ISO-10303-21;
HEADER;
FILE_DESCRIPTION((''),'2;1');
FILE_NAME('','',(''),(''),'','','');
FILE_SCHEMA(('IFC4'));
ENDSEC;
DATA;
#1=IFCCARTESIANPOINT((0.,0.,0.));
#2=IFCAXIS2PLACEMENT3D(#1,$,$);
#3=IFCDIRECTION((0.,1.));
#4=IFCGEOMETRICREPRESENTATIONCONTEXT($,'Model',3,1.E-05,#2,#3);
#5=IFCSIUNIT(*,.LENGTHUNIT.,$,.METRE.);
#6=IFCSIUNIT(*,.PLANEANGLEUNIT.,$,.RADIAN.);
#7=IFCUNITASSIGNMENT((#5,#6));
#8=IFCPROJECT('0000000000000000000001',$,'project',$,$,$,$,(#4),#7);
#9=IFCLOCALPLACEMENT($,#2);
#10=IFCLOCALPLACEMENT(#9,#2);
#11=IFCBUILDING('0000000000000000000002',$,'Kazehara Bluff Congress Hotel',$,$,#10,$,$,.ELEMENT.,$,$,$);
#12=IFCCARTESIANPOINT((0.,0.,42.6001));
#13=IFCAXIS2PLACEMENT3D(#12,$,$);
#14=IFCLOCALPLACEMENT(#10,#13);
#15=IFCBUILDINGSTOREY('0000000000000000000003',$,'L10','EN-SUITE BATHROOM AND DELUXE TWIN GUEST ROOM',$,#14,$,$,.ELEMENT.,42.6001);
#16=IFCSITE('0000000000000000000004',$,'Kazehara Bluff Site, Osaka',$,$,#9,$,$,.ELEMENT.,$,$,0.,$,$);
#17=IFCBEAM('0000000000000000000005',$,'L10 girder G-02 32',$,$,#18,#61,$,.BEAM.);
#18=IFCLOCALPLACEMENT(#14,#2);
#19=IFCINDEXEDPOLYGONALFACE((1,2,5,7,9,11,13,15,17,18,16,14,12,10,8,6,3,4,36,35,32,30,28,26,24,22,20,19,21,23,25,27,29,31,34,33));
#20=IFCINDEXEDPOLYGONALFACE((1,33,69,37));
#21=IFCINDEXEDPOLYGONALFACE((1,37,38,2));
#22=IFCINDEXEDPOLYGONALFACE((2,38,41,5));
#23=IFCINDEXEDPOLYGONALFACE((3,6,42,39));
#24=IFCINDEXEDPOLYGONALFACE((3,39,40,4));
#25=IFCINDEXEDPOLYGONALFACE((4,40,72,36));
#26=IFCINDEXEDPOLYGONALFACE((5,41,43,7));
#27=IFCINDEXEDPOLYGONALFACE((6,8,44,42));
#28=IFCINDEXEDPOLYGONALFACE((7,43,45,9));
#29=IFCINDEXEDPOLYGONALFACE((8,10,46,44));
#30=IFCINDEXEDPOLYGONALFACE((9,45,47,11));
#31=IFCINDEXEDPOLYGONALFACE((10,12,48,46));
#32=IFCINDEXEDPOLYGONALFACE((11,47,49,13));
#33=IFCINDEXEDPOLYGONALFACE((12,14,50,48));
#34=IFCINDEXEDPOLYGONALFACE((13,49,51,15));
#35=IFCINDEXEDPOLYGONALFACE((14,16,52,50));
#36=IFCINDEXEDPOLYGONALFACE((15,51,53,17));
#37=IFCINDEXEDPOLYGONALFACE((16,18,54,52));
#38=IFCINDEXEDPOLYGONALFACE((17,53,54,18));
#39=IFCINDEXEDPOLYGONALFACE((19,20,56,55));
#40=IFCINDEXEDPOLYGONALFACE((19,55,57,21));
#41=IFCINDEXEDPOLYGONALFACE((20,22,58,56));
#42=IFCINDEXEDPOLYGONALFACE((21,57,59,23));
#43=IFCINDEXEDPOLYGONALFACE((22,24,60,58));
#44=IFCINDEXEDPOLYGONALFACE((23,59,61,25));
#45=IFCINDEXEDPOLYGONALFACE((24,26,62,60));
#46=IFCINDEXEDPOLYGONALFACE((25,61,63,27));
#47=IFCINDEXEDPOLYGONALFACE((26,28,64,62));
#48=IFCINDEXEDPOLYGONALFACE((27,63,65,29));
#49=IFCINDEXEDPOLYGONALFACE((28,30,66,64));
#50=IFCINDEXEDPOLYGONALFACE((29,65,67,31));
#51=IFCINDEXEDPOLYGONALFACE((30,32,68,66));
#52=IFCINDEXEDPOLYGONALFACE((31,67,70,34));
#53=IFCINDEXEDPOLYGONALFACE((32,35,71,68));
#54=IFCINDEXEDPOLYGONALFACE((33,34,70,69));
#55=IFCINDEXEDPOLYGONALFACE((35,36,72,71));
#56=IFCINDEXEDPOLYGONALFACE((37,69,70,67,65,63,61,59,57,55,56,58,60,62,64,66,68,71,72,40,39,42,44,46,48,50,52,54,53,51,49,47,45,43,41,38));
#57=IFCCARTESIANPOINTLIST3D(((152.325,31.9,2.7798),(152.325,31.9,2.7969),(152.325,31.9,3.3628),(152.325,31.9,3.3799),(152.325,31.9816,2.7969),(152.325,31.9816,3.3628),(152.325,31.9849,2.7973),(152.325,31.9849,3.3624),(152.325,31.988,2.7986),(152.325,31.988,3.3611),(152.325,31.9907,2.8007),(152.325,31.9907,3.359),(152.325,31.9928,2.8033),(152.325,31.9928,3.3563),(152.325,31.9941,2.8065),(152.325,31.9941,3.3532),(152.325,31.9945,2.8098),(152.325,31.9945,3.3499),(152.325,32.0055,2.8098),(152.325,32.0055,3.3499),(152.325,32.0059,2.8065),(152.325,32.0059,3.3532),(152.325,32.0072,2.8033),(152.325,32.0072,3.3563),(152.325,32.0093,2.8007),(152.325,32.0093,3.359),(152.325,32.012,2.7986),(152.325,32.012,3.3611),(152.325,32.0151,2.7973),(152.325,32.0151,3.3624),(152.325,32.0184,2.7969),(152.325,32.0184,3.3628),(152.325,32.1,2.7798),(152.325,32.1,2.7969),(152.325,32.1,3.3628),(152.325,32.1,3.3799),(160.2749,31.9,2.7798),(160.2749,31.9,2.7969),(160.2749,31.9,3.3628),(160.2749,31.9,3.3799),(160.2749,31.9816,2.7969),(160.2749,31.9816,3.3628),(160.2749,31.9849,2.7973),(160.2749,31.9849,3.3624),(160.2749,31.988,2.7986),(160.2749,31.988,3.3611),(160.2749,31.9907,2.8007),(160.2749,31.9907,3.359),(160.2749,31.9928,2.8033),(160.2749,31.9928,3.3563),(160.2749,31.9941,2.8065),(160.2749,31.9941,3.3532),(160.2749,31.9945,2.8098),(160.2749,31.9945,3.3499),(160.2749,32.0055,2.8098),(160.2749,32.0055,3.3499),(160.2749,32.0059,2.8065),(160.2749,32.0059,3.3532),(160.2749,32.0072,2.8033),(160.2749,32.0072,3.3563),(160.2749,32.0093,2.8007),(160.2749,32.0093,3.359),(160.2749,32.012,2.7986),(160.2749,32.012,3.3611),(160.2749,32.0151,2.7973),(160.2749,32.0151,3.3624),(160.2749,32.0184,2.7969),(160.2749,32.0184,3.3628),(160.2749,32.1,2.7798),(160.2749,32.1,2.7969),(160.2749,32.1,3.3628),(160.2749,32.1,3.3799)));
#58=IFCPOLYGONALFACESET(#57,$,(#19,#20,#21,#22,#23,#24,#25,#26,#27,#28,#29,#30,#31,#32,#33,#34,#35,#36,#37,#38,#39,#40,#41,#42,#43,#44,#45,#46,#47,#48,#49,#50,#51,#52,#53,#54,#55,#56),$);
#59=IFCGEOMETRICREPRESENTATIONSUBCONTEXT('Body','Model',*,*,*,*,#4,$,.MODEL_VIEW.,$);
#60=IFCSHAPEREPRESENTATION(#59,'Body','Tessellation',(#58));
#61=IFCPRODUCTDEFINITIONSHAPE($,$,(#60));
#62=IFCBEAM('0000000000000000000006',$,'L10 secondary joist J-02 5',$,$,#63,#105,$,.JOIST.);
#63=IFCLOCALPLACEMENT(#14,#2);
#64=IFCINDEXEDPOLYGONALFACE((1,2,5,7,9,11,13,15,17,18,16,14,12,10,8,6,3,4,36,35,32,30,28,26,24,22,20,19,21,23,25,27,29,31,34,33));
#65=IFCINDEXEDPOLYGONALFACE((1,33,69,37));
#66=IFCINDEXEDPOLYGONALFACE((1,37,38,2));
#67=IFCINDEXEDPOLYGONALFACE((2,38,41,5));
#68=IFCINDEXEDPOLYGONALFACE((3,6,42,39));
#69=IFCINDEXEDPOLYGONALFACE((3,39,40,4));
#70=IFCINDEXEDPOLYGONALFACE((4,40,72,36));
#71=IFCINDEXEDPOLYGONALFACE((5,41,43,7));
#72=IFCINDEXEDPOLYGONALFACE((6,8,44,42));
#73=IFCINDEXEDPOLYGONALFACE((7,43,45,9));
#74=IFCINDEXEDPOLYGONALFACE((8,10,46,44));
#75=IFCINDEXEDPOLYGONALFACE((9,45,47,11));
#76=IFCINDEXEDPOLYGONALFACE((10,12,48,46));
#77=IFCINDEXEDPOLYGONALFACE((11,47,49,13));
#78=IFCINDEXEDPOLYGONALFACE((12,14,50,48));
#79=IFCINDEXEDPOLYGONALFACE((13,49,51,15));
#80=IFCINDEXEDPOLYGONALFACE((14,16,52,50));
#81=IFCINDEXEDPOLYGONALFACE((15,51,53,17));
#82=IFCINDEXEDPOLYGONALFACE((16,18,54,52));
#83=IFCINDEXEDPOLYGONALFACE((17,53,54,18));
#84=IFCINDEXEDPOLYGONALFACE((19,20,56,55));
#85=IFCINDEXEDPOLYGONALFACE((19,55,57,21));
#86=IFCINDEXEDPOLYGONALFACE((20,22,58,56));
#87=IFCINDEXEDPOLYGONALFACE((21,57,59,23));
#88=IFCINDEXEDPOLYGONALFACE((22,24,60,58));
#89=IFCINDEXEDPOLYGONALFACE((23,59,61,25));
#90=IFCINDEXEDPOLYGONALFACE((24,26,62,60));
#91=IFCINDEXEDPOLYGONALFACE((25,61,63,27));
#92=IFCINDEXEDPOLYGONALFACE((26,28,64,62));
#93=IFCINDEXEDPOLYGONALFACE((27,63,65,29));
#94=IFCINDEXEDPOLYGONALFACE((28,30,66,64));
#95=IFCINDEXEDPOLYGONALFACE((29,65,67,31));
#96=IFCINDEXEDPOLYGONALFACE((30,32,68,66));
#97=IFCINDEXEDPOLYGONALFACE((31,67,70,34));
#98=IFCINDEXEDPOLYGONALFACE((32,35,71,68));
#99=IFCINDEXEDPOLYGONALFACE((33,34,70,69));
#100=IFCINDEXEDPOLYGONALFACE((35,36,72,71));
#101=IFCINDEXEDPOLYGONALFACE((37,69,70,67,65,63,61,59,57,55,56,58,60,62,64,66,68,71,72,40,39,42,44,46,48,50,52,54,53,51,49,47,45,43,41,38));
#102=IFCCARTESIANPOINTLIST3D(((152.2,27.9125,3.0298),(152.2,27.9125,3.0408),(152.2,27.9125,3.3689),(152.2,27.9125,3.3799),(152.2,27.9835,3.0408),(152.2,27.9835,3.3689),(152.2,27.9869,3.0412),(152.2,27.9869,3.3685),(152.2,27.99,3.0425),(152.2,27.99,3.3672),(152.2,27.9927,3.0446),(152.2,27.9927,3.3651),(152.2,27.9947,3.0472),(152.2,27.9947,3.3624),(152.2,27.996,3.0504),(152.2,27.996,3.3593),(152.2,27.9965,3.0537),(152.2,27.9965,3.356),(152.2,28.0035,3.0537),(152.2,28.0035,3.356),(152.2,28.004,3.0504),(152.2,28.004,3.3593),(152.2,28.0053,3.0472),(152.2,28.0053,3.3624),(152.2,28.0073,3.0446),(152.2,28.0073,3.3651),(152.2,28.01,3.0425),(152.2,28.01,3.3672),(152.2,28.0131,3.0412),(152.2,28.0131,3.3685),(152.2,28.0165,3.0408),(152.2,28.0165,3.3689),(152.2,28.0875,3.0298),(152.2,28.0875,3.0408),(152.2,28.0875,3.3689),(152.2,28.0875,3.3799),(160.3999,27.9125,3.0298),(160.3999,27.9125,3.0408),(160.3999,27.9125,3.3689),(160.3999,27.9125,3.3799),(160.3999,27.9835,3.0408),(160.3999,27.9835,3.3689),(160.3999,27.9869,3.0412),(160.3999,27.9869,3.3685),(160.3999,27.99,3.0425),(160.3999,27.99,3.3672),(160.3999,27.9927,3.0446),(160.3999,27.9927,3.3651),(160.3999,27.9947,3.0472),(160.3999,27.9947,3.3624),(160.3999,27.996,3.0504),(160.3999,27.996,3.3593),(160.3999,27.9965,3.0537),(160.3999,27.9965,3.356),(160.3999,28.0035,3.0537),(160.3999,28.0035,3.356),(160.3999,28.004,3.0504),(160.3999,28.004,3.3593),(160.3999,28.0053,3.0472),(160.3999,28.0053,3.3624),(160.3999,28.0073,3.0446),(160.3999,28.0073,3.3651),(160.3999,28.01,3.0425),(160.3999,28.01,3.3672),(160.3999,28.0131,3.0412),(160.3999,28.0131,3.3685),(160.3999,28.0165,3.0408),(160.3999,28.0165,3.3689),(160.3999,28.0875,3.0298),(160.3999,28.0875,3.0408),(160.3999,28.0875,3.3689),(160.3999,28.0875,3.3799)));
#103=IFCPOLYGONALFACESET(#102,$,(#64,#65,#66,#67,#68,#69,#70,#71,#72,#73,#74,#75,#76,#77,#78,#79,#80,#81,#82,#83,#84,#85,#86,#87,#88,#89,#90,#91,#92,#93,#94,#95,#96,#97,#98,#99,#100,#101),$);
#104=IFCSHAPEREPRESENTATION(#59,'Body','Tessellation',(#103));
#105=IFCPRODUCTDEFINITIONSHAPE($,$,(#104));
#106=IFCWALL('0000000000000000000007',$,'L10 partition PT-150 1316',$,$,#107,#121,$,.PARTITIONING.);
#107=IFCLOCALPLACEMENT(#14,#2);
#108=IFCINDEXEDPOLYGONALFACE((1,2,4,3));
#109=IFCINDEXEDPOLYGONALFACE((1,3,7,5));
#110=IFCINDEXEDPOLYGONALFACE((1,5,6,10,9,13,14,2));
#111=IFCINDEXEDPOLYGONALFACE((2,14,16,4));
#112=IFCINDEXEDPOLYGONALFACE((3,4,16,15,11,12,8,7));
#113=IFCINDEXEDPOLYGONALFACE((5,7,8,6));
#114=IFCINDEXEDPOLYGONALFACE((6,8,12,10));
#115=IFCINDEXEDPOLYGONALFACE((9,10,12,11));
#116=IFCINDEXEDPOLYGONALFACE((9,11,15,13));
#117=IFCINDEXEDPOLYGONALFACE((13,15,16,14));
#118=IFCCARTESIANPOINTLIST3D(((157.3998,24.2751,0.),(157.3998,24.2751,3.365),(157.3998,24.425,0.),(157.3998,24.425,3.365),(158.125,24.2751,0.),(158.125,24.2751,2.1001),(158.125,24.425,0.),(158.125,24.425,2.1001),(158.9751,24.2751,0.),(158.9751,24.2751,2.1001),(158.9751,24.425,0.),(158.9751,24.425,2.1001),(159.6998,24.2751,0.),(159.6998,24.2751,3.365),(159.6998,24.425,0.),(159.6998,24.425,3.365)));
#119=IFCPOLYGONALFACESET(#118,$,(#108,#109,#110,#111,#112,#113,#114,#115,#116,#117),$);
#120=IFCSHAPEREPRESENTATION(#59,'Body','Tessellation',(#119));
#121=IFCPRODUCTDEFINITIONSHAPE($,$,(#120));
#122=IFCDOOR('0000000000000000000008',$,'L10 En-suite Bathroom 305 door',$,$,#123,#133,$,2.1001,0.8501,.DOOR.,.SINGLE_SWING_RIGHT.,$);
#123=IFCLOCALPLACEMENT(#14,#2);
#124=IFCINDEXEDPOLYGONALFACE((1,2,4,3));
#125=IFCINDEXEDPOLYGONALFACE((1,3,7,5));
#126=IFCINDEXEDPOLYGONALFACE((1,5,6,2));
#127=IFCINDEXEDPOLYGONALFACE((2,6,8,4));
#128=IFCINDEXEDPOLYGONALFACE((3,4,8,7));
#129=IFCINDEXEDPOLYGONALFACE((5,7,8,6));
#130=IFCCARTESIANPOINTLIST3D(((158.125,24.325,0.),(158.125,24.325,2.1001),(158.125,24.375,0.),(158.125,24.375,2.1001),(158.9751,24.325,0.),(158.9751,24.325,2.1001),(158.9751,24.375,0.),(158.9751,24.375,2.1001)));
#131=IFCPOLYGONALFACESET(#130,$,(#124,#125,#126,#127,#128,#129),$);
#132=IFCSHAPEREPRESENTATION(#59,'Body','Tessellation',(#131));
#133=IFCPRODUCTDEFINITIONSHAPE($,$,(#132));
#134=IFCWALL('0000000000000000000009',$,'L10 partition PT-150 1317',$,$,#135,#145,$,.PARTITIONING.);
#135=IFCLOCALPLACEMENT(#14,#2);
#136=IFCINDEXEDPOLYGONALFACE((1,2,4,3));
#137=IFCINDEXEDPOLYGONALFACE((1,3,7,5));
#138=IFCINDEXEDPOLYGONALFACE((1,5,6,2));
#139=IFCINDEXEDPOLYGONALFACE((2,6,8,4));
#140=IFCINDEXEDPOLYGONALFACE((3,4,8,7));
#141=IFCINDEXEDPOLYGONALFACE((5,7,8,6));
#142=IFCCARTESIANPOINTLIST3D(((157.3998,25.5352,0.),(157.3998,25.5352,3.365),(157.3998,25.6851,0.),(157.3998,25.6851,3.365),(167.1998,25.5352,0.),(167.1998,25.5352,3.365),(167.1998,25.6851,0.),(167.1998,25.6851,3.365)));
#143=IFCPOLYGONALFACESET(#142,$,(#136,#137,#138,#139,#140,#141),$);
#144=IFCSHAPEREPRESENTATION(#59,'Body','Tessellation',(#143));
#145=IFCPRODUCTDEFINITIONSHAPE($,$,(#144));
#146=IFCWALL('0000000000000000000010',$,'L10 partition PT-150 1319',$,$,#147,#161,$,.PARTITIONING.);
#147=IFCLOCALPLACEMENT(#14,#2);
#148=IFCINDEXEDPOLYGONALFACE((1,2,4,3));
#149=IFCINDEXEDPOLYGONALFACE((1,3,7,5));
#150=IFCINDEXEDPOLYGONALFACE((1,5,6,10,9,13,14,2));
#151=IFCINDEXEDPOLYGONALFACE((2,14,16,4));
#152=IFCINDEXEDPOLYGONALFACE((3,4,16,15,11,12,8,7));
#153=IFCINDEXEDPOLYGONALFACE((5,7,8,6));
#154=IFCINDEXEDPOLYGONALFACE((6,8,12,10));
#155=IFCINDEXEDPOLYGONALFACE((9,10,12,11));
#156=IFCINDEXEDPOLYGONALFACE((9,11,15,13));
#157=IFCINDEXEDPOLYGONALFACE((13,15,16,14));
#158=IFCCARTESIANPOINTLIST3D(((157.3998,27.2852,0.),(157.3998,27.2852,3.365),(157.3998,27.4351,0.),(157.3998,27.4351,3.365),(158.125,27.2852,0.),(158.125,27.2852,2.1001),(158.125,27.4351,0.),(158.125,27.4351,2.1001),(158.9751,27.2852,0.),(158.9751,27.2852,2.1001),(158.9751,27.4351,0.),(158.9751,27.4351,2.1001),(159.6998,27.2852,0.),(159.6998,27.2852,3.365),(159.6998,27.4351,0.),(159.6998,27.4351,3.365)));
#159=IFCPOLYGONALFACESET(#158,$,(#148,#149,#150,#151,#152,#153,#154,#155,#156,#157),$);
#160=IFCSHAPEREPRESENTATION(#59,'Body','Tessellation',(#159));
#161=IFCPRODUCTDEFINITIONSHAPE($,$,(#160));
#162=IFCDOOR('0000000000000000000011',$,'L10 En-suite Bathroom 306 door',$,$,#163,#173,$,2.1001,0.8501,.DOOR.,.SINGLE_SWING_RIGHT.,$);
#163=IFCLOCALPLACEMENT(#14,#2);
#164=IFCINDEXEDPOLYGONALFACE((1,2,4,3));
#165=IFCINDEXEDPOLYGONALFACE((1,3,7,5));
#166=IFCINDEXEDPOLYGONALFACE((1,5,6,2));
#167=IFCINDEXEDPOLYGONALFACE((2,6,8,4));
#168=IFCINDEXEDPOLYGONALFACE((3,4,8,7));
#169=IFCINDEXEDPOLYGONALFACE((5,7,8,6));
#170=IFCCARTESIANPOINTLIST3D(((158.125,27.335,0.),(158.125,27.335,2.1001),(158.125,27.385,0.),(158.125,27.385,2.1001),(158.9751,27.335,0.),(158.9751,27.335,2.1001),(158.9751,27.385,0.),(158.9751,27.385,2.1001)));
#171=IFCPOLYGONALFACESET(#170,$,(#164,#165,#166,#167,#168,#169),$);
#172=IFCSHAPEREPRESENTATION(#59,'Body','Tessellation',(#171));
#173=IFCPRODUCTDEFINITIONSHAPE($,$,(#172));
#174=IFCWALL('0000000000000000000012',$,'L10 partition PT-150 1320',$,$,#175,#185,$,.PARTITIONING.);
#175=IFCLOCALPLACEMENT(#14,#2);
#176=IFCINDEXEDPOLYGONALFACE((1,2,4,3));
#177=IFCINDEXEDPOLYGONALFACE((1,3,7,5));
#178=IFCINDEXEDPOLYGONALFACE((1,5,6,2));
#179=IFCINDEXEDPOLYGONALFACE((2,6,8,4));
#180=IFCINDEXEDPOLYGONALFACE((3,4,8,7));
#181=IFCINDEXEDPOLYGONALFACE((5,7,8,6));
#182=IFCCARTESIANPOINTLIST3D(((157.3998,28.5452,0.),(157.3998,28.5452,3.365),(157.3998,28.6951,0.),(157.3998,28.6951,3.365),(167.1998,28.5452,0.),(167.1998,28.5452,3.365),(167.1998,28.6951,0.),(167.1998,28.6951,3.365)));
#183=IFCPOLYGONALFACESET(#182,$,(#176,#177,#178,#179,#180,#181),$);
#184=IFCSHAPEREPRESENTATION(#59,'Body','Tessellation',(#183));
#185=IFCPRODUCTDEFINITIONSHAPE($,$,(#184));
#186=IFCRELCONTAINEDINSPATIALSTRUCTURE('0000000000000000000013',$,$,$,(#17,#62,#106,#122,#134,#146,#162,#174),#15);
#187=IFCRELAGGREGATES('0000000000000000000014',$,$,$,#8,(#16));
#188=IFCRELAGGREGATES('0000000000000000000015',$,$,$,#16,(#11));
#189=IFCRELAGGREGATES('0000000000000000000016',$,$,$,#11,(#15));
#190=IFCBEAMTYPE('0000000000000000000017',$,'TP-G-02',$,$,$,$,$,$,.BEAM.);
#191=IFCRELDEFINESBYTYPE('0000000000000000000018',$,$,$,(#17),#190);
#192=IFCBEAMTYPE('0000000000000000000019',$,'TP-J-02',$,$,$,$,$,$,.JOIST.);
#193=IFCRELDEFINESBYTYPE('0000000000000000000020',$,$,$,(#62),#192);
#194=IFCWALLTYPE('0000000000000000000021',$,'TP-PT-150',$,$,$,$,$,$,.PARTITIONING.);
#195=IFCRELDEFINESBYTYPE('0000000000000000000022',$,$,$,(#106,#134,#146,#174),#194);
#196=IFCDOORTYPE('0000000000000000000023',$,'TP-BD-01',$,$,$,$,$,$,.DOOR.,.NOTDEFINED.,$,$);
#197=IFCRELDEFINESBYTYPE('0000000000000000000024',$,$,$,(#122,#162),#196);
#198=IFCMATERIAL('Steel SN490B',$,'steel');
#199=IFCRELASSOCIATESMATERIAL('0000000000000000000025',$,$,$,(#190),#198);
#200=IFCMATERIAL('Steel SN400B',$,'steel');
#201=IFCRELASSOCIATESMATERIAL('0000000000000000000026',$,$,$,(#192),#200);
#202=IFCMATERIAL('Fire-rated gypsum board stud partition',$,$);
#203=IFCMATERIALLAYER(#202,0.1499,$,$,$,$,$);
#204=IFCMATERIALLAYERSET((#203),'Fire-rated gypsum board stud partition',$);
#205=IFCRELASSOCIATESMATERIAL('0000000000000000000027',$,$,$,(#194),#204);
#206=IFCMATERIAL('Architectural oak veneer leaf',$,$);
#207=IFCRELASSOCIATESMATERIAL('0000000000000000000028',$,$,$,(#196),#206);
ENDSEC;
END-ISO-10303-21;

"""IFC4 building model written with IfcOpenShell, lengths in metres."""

from ifc_helpers import new_model, si_unit, direction, frame, frame_2d, origin, origin_2d, place, context, subcontext, project, spatial, rectangle, i_section, extrude, material, layer, layer_set, material_profile, profile_set, type_object, element, fill, save


model = new_model("IFC4")

# Units and contexts
model_context = context("Model", 3, precision=1e-05, world=origin(), true_north=direction((0.0, 1.0)))
body_context = subcontext(model_context, "Body", "Model", "MODEL_VIEW")
ifc_project = project(units=[si_unit("LENGTHUNIT", "METRE"), si_unit("PLANEANGLEUNIT", "RADIAN")], contexts=[model_context])

# Site, building, storey
site_placement = place(None, origin())
site = spatial("IfcSite", under=ifc_project, at=site_placement, Name="Kazehara Bluff Site, Osaka", CompositionType="ELEMENT", RefElevation=0.0)
building_placement = place(site_placement, origin())
building = spatial("IfcBuilding", under=site, at=building_placement, Name="Kazehara Bluff Congress Hotel", CompositionType="ELEMENT")
storey_placement = place(building_placement, frame((0.0, 0.0, 42.6001)))
storey = spatial("IfcBuildingStorey", under=building, at=storey_placement, Name="L10", Description="EN-SUITE BATHROOM AND DELUXE TWIN GUEST ROOM", CompositionType="ELEMENT", Elevation=42.6001)

# Beams
ifc_material_1 = material(Name="Steel SN490B", Category="steel")
ifc_material_profile_1 = material_profile(ifc_material_1, i_section(OverallWidth=0.2, OverallDepth=0.6001, WebThickness=0.011, FlangeThickness=0.0171, FilletRadius=0.0129, at=origin_2d()))
ifc_profile_set_1 = profile_set([ifc_material_profile_1], Name="Steel SN490B")
beam_type_1 = type_object("IfcBeamType", Name="TP-G-02", PredefinedType="BEAM", material=ifc_profile_set_1)
beam_1_placement = place(storey_placement, frame((152.325, 32.0, 3.0798), z_axis=(1.0, 0.0, 0.0), x_axis=(0.0, 1.0, 0.0)))
element("IfcBeam", 1, at=beam_1_placement, inside=storey, type_object=beam_type_1, Name="L10 girder G-02 32", PredefinedType="BEAM", context=body_context, shape_type="SweptSolid", body=[
    extrude(i_section(OverallWidth=0.2, OverallDepth=0.6001, WebThickness=0.011, FlangeThickness=0.0171, FilletRadius=0.0129, at=origin_2d()), origin(), (0.0, 0.0, 1.0), 7.95),
])
ifc_material_2 = material(Name="Steel SN400B", Category="steel")
ifc_material_profile_2 = material_profile(ifc_material_2, i_section(OverallWidth=0.175, OverallDepth=0.3501, WebThickness=0.0071, FlangeThickness=0.011, FilletRadius=0.0129, at=origin_2d()))
ifc_profile_set_2 = profile_set([ifc_material_profile_2], Name="Steel SN400B")
beam_type_2 = type_object("IfcBeamType", Name="TP-J-02", PredefinedType="JOIST", material=ifc_profile_set_2)
beam_2_placement = place(storey_placement, frame((152.2, 28.0, 3.2048), z_axis=(1.0, 0.0, 0.0), x_axis=(0.0, 1.0, 0.0)))
element("IfcBeam", 2, at=beam_2_placement, inside=storey, type_object=beam_type_2, Name="L10 secondary joist J-02 5", PredefinedType="JOIST", context=body_context, shape_type="SweptSolid", body=[
    extrude(i_section(OverallWidth=0.175, OverallDepth=0.3501, WebThickness=0.0071, FlangeThickness=0.011, FilletRadius=0.0129, at=origin_2d()), origin(), (0.0, 0.0, 1.0), 8.2),
])

# Wall, opening, door
ifc_material_3 = material(Name="Fire-rated gypsum board stud partition")
ifc_layer_1 = layer(ifc_material_3, 0.1499)
ifc_layer_set_1 = layer_set([ifc_layer_1], Name="Fire-rated gypsum board stud partition")
wall_type_1 = type_object("IfcWallType", Name="TP-PT-150", PredefinedType="PARTITIONING", material=ifc_layer_set_1)
wall_1_placement = place(storey_placement, frame((157.3999, 24.3501, 0.0), z_axis=(0.0, 0.0, 1.0), x_axis=(1.0, 0.0, 0.0)))
wall_1 = element("IfcWall", 3, at=wall_1_placement, inside=storey, type_object=wall_type_1, Name="L10 partition PT-150 1316", PredefinedType="PARTITIONING", context=body_context, shape_type="SweptSolid", body=[
    extrude(rectangle(XDim=2.3, YDim=0.1499, at=frame_2d((1.1499, 0.0))), origin(), (0.0, 0.0, 1.0), 3.365),
])
opening_1_placement = place(wall_1_placement, frame((0.7251, 0.0, 0.0)))
opening_1 = element("IfcOpeningElement", 4, at=opening_1_placement, cuts=wall_1, PredefinedType="OPENING", context=body_context, shape_type="SweptSolid", body=[
    extrude(rectangle(XDim=0.8501, YDim=2.1001, at=frame_2d((0.425, 1.05))), frame((0.0, 0.085, 0.0), z_axis=(0.0, -1.0, 0.0), x_axis=(1.0, 0.0, 0.0)), (0.0, 0.0, 1.0), 0.1699),
])
ifc_material_4 = material(Name="Architectural oak veneer leaf")
door_type_1 = type_object("IfcDoorType", Name="TP-BD-01", OperationType="NOTDEFINED", PredefinedType="DOOR", material=ifc_material_4)
door_1_placement = place(opening_1_placement, origin())
door_1 = element("IfcDoor", 5, at=door_1_placement, inside=storey, type_object=door_type_1, Name="L10 En-suite Bathroom 305 door", OperationType="SINGLE_SWING_RIGHT", OverallHeight=2.1001, OverallWidth=0.8501, PredefinedType="DOOR", context=body_context, shape_type="SweptSolid", body=[
    extrude(rectangle(XDim=0.8501, YDim=2.1001, at=frame_2d((0.425, 1.05))), frame((0.0, 0.0249, 0.0), z_axis=(0.0, -1.0, 0.0), x_axis=(1.0, 0.0, 0.0)), (0.0, 0.0, 1.0), 0.05),
])
fill(opening_1, door_1)

# Wall
wall_2_placement = place(storey_placement, frame((157.3999, 25.6101, 0.0), z_axis=(0.0, 0.0, 1.0), x_axis=(1.0, 0.0, 0.0)))
element("IfcWall", 6, at=wall_2_placement, inside=storey, type_object=wall_type_1, Name="L10 partition PT-150 1317", PredefinedType="PARTITIONING", context=body_context, shape_type="SweptSolid", body=[
    extrude(rectangle(XDim=9.8, YDim=0.1499, at=frame_2d((4.8999, 0.0))), origin(), (0.0, 0.0, 1.0), 3.365),
])

# Wall, opening, door
wall_3_placement = place(storey_placement, frame((157.3999, 27.3601, 0.0), z_axis=(0.0, 0.0, 1.0), x_axis=(1.0, 0.0, 0.0)))
wall_3 = element("IfcWall", 7, at=wall_3_placement, inside=storey, type_object=wall_type_1, Name="L10 partition PT-150 1319", PredefinedType="PARTITIONING", context=body_context, shape_type="SweptSolid", body=[
    extrude(rectangle(XDim=2.3, YDim=0.1499, at=frame_2d((1.1499, 0.0))), origin(), (0.0, 0.0, 1.0), 3.365),
])
opening_2_placement = place(wall_3_placement, frame((0.7251, 0.0, 0.0)))
opening_2 = element("IfcOpeningElement", 8, at=opening_2_placement, cuts=wall_3, PredefinedType="OPENING", context=body_context, shape_type="SweptSolid", body=[
    extrude(rectangle(XDim=0.8501, YDim=2.1001, at=frame_2d((0.425, 1.05))), frame((0.0, 0.085, 0.0), z_axis=(0.0, -1.0, 0.0), x_axis=(1.0, 0.0, 0.0)), (0.0, 0.0, 1.0), 0.1699),
])
door_2_placement = place(opening_2_placement, origin())
door_2 = element("IfcDoor", 9, at=door_2_placement, inside=storey, type_object=door_type_1, Name="L10 En-suite Bathroom 306 door", OperationType="SINGLE_SWING_RIGHT", OverallHeight=2.1001, OverallWidth=0.8501, PredefinedType="DOOR", context=body_context, shape_type="SweptSolid", body=[
    extrude(rectangle(XDim=0.8501, YDim=2.1001, at=frame_2d((0.425, 1.05))), frame((0.0, 0.0249, 0.0), z_axis=(0.0, -1.0, 0.0), x_axis=(1.0, 0.0, 0.0)), (0.0, 0.0, 1.0), 0.05),
])
fill(opening_2, door_2)

# Wall
wall_4_placement = place(storey_placement, frame((157.3999, 28.6201, 0.0), z_axis=(0.0, 0.0, 1.0), x_axis=(1.0, 0.0, 0.0)))
element("IfcWall", 10, at=wall_4_placement, inside=storey, type_object=wall_type_1, Name="L10 partition PT-150 1320", PredefinedType="PARTITIONING", context=body_context, shape_type="SweptSolid", body=[
    extrude(rectangle(XDim=9.8, YDim=0.1499, at=frame_2d((4.8999, 0.0))), origin(), (0.0, 0.0, 1.0), 3.365),
])

save(model, "model.ifc")
